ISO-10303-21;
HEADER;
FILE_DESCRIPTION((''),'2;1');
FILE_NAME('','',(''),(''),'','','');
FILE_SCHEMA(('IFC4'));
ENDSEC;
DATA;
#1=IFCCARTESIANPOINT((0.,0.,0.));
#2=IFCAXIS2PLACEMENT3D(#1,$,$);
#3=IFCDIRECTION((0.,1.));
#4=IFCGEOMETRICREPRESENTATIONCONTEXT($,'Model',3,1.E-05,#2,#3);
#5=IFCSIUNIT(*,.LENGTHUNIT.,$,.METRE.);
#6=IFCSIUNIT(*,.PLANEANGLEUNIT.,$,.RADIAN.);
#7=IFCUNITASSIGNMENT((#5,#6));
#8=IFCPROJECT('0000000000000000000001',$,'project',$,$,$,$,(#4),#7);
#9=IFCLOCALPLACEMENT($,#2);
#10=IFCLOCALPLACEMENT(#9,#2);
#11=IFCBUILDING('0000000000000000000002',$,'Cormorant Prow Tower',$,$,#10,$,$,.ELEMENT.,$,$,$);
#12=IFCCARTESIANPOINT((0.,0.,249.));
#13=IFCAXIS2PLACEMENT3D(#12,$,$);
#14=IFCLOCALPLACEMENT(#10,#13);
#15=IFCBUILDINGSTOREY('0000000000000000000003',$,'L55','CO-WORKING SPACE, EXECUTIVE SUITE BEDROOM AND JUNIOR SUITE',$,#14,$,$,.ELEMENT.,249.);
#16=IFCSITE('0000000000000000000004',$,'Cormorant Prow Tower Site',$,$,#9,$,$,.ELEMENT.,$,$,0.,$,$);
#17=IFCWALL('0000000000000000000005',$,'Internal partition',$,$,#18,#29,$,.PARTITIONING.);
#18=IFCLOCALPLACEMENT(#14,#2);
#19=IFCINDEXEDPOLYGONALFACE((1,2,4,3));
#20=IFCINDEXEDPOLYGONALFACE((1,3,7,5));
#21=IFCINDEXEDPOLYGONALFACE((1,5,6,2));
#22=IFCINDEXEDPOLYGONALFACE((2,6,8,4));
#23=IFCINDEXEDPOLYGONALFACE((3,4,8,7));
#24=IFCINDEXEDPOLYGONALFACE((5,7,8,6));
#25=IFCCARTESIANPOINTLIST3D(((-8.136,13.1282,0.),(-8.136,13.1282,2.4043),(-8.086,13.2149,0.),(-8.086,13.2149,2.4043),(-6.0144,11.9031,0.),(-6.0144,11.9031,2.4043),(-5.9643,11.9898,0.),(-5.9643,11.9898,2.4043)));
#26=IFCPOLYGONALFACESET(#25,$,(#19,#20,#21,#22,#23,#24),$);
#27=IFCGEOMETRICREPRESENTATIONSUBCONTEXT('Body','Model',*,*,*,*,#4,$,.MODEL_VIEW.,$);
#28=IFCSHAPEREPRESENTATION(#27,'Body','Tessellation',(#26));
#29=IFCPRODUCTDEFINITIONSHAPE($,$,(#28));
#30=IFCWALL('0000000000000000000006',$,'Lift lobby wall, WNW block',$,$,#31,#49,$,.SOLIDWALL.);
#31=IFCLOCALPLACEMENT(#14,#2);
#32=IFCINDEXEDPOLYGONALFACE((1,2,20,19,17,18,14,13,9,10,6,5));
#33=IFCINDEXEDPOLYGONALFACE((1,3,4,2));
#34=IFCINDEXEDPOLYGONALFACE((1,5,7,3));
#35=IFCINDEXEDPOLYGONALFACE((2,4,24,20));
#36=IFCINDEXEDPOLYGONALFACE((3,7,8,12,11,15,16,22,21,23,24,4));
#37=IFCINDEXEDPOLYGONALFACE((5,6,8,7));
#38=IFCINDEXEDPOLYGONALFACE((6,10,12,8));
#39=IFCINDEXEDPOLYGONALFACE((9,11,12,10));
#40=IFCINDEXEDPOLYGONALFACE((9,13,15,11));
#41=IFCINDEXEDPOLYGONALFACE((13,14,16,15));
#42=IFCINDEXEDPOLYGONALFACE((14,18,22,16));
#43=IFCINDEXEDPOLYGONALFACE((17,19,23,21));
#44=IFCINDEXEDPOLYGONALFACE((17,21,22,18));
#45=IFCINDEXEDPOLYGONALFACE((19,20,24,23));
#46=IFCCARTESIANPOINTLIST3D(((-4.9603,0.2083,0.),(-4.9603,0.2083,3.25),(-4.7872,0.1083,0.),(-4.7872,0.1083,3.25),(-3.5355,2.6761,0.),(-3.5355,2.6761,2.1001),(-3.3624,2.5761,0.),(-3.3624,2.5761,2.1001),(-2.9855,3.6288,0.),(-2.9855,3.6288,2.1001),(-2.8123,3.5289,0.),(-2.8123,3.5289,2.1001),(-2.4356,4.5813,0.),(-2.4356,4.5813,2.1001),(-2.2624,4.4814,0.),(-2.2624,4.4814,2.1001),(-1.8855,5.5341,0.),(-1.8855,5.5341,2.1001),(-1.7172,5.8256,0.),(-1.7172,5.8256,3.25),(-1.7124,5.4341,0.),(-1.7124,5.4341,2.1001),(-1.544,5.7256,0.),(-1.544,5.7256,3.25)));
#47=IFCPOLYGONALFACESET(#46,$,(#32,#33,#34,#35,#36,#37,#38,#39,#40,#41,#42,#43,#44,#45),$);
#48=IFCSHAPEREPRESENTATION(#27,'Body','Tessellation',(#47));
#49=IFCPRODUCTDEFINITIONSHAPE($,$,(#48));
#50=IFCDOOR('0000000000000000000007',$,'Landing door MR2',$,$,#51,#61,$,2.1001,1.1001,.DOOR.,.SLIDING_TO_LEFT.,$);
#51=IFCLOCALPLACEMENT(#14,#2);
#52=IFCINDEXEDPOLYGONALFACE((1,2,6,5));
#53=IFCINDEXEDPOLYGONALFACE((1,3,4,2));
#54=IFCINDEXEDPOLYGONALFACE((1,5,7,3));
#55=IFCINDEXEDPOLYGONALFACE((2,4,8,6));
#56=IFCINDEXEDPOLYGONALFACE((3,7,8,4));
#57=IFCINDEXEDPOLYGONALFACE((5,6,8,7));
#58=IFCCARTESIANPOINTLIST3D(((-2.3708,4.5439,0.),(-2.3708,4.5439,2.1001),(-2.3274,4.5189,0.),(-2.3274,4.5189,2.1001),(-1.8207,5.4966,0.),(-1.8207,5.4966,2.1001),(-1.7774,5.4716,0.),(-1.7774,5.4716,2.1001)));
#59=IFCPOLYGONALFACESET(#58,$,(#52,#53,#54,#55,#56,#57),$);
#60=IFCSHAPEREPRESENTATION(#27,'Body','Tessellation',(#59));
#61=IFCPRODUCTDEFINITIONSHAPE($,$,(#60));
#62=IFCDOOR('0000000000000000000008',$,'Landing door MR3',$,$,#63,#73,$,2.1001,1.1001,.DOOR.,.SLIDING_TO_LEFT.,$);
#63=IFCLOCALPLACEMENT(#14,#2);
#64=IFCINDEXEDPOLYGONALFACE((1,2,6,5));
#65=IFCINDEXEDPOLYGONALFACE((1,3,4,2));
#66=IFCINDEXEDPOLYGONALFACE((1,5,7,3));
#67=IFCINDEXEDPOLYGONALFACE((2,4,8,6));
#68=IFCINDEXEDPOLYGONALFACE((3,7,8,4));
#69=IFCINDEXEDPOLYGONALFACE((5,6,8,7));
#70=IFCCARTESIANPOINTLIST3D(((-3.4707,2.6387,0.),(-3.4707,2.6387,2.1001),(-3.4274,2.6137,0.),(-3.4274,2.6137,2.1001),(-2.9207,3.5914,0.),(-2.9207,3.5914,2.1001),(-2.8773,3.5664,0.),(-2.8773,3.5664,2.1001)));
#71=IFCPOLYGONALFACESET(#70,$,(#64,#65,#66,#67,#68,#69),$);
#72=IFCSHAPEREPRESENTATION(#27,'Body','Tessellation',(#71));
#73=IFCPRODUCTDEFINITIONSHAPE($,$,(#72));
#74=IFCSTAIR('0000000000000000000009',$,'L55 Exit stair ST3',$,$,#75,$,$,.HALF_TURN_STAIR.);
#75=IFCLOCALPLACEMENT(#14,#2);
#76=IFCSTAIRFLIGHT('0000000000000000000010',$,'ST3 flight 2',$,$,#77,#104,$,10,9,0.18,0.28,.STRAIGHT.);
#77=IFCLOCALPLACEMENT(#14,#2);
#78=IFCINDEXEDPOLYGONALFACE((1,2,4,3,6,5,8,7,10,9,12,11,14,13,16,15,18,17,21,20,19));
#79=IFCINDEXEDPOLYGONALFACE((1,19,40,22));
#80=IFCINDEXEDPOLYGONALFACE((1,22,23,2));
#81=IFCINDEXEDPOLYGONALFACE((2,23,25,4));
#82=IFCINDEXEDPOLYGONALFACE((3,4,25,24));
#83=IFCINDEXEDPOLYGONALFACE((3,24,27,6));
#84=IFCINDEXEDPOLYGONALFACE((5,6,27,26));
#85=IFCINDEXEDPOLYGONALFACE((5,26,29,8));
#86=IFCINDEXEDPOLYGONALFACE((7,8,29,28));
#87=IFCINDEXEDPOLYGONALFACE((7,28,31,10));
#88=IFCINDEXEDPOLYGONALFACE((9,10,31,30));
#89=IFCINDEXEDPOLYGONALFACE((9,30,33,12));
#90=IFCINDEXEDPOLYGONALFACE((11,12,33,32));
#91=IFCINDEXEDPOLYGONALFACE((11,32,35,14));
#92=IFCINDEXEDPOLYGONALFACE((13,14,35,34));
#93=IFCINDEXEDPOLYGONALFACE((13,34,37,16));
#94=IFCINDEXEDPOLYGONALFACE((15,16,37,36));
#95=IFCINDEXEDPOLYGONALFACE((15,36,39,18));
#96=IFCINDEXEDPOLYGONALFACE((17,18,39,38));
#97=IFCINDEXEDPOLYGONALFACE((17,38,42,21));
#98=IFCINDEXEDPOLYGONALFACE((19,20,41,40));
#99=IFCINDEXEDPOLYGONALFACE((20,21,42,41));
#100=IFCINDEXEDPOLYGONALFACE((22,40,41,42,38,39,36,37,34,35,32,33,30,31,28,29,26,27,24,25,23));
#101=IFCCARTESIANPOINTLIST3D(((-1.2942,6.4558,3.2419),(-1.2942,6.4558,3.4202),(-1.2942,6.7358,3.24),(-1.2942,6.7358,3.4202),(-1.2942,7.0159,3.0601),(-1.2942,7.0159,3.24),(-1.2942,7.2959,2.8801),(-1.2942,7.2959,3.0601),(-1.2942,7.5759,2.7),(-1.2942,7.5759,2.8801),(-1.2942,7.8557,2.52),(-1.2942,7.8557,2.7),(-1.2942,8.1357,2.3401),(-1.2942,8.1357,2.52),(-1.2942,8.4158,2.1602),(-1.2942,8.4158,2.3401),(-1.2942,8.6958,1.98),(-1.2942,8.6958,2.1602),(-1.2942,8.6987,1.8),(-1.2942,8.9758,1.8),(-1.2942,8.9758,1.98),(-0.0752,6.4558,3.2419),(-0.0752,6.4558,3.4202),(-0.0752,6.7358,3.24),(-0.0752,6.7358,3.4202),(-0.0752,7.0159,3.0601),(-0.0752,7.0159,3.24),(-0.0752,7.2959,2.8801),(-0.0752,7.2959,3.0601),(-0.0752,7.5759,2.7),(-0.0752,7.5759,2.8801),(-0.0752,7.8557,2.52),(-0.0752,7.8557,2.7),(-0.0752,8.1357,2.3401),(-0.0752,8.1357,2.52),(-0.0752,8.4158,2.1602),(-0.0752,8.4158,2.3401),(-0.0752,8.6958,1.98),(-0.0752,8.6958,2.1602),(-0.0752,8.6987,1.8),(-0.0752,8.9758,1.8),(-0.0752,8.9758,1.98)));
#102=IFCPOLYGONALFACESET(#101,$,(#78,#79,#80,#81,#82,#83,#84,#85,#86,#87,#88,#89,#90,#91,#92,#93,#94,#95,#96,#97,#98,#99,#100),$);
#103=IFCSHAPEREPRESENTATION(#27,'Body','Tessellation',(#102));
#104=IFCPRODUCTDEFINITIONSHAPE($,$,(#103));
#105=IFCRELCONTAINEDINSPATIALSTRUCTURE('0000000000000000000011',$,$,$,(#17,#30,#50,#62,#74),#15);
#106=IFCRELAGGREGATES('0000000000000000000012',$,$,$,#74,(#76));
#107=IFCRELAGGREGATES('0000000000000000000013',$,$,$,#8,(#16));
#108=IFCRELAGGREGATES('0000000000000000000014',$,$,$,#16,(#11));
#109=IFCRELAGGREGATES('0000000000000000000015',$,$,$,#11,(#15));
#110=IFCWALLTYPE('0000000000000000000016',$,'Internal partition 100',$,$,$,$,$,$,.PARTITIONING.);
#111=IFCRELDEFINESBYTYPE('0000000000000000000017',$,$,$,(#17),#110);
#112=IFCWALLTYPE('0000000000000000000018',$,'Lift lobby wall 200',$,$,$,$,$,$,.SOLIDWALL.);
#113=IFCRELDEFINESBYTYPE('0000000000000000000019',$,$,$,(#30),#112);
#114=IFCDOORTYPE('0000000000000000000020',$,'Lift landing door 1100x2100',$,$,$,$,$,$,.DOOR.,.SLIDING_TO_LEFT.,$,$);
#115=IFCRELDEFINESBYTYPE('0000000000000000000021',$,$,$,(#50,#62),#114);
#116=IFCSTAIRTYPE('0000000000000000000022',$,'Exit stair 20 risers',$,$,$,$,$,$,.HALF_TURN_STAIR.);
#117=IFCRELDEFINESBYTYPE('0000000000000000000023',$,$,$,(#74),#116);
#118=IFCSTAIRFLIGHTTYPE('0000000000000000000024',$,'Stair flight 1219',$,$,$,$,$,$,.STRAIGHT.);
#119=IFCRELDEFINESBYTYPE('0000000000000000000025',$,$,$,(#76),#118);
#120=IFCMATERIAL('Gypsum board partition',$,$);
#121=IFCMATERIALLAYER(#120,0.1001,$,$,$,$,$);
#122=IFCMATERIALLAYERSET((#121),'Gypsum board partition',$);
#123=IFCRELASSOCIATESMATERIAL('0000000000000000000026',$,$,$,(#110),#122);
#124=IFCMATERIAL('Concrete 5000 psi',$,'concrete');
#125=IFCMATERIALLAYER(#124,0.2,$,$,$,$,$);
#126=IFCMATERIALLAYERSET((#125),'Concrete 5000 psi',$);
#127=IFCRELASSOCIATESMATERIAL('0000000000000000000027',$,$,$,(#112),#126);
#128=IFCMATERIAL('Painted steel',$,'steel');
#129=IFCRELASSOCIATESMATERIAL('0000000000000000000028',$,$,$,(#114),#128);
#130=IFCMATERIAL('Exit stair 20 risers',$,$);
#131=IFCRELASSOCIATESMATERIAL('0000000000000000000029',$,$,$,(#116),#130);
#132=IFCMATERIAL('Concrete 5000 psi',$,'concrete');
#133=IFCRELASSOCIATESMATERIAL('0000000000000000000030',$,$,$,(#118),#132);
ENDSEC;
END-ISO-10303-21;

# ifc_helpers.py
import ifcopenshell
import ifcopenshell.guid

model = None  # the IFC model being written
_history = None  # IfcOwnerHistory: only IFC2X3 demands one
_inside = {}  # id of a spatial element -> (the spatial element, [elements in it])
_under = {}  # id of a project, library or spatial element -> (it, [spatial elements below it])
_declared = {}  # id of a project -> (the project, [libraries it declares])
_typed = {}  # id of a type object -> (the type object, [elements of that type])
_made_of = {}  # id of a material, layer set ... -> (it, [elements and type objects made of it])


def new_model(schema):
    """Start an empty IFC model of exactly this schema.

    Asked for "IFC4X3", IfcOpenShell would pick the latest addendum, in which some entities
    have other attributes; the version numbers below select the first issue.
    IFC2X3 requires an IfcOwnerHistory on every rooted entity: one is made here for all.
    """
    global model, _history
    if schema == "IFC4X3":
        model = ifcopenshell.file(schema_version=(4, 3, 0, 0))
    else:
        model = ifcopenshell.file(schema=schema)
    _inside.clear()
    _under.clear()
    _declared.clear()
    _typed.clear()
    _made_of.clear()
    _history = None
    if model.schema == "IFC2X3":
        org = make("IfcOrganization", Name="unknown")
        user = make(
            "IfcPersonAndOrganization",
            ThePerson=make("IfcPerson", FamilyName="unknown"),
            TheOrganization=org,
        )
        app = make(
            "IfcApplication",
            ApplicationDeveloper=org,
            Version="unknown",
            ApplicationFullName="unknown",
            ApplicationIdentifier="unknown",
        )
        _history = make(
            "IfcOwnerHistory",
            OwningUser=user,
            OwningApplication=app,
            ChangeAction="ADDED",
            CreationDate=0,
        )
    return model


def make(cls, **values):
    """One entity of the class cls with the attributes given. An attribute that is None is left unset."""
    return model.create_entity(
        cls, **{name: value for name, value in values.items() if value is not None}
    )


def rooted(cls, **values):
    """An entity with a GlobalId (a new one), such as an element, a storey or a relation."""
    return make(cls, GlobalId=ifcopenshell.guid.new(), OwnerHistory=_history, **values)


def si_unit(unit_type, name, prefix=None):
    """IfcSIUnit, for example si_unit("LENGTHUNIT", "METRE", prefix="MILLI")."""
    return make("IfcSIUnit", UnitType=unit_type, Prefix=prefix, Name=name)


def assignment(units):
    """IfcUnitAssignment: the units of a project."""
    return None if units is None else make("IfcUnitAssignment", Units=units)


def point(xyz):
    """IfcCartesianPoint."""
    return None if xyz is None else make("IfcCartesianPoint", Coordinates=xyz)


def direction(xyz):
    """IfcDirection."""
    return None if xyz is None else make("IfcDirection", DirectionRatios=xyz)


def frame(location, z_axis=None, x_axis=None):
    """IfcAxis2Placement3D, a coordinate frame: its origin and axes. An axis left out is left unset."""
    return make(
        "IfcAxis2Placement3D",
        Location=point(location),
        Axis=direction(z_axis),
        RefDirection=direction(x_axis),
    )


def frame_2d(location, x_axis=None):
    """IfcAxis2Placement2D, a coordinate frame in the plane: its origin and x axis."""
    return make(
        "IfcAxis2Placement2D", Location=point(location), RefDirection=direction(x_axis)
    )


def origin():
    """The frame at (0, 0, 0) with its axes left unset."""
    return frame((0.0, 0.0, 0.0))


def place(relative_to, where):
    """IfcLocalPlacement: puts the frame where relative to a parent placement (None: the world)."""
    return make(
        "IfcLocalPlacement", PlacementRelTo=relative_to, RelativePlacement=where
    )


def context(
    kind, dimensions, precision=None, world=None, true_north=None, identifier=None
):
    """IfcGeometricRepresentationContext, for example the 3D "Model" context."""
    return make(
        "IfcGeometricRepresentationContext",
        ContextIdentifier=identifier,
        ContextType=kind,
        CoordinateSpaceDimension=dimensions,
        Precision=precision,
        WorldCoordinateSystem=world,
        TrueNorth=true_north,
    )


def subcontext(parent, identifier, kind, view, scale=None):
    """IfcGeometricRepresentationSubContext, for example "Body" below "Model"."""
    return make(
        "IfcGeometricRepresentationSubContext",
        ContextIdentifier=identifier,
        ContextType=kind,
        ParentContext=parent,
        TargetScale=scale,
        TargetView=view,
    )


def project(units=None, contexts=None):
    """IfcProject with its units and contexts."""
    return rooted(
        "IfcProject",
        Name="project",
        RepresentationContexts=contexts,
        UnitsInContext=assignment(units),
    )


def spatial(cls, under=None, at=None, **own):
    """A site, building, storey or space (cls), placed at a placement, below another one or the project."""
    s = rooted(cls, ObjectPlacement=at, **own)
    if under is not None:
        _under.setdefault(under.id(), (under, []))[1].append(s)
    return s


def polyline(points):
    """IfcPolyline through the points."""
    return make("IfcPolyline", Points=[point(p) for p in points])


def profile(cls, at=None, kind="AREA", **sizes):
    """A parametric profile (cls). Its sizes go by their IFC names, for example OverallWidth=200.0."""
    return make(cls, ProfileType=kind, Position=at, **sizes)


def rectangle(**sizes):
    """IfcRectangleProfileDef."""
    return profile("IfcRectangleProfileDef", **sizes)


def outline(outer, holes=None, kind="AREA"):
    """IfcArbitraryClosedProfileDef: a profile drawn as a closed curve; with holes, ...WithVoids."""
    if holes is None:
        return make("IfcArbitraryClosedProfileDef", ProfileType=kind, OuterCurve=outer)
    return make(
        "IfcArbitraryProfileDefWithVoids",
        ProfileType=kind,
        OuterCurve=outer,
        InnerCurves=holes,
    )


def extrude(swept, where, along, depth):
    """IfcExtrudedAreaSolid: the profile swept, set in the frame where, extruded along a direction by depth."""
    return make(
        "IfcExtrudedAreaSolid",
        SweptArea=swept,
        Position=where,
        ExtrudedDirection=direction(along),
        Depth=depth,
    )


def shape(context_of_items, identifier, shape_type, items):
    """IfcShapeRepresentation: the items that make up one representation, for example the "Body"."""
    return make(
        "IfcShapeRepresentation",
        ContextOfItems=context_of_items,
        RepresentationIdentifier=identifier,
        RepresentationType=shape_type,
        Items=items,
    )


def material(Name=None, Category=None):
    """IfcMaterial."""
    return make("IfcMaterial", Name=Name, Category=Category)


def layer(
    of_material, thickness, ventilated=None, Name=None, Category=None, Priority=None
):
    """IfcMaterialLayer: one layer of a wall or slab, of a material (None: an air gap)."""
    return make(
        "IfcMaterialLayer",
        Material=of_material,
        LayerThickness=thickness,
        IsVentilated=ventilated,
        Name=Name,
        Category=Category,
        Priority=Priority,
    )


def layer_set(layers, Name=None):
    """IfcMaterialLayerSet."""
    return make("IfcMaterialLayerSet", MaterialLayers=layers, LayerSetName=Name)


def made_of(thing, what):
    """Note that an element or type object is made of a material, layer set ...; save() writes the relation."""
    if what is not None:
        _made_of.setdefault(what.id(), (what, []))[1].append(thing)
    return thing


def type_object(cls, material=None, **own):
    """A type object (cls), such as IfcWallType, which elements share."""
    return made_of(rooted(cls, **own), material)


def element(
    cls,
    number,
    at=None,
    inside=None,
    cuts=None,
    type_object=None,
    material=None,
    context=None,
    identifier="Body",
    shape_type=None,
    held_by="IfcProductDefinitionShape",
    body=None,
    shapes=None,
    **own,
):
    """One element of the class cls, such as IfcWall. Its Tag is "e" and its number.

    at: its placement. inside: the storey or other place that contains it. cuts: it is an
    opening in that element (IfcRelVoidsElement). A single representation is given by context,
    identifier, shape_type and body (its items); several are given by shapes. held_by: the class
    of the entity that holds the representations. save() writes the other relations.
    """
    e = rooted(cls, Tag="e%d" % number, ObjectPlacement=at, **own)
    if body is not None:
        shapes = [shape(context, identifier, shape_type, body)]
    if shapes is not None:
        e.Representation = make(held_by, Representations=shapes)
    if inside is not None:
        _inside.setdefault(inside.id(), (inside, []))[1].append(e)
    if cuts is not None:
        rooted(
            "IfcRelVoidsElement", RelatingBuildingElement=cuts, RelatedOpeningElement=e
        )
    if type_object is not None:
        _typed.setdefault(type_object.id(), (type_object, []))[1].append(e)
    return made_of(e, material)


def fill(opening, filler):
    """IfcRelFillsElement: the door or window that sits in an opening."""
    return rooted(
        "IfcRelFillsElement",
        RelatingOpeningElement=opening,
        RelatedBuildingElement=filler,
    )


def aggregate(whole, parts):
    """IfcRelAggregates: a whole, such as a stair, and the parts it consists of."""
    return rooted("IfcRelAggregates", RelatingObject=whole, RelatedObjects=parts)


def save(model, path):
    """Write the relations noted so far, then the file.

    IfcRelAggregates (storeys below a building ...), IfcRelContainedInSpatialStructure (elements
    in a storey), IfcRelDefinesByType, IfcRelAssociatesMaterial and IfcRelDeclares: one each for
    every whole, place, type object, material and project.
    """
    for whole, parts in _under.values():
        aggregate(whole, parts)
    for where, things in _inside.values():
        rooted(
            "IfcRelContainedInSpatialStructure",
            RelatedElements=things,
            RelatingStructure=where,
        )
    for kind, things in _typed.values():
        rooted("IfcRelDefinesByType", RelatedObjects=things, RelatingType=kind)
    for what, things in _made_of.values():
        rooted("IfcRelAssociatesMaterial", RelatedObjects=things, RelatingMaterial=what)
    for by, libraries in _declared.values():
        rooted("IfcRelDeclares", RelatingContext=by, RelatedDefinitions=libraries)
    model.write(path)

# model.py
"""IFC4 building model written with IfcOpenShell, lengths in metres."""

from ifc_helpers import new_model, si_unit, direction, frame, frame_2d, origin, place, context, subcontext, project, spatial, polyline, rectangle, outline, extrude, material, layer, layer_set, type_object, element, fill, aggregate, save


model = new_model("IFC4")

# Units and contexts
model_context = context("Model", 3, precision=1e-05, world=origin(), true_north=direction((0.0, 1.0)))
body_context = subcontext(model_context, "Body", "Model", "MODEL_VIEW")
ifc_project = project(units=[si_unit("LENGTHUNIT", "METRE"), si_unit("PLANEANGLEUNIT", "RADIAN")], contexts=[model_context])

# Site, building, storey
site_placement = place(None, origin())
site = spatial("IfcSite", under=ifc_project, at=site_placement, Name="Cormorant Prow Tower Site", CompositionType="ELEMENT", RefElevation=0.0)
building_placement = place(site_placement, origin())
building = spatial("IfcBuilding", under=site, at=building_placement, Name="Cormorant Prow Tower", CompositionType="ELEMENT")
storey_placement = place(building_placement, frame((0.0, 0.0, 249.0)))
storey = spatial("IfcBuildingStorey", under=building, at=storey_placement, Name="L55", Description="CO-WORKING SPACE, EXECUTIVE SUITE BEDROOM AND JUNIOR SUITE", CompositionType="ELEMENT", Elevation=249.0)

# Shared definitions
ifc_material_1 = material(Name="Gypsum board partition")
ifc_layer_1 = layer(ifc_material_1, 0.1001)
ifc_layer_set_1 = layer_set([ifc_layer_1], Name="Gypsum board partition")
wall_type_1 = type_object("IfcWallType", Name="Internal partition 100", PredefinedType="PARTITIONING", material=ifc_layer_set_1)

# Wall
wall_1_placement = place(storey_placement, frame((-8.1111, 13.1716, 0.0), z_axis=(0.0, 0.0, 1.0), x_axis=(0.86599, -0.500062, 0.0)))
element("IfcWall", 1, at=wall_1_placement, inside=storey, type_object=wall_type_1, Name="Internal partition", PredefinedType="PARTITIONING", context=body_context, shape_type="SweptSolid", body=[
    extrude(rectangle(XDim=2.45, YDim=0.1001, at=frame_2d((1.2251, 0.0))), origin(), (0.0, 0.0, 1.0), 2.4043),
])

# Wall, openings, doors
ifc_material_2 = material(Name="Concrete 5000 psi", Category="concrete")
ifc_layer_2 = layer(ifc_material_2, 0.2)
ifc_layer_set_2 = layer_set([ifc_layer_2], Name="Concrete 5000 psi")
wall_type_2 = type_object("IfcWallType", Name="Lift lobby wall 200", PredefinedType="SOLIDWALL", material=ifc_layer_set_2)
wall_2_placement = place(storey_placement, frame((-1.6306, 5.7756, 0.0), z_axis=(0.0, 0.0, 1.0), x_axis=(-0.499993, -0.86603, 0.0)))
wall_2 = element("IfcWall", 2, at=wall_2_placement, inside=storey, type_object=wall_type_2, Name="Lift lobby wall, WNW block", PredefinedType="SOLIDWALL", context=body_context, shape_type="SweptSolid", body=[
    extrude(rectangle(XDim=6.4863, YDim=0.2, at=frame_2d((3.2432, 0.0))), origin(), (0.0, 0.0, 1.0), 3.25),
])
opening_1_placement = place(wall_2_placement, frame((0.3367, 0.0, 0.0)))
opening_1 = element("IfcOpeningElement", 3, at=opening_1_placement, cuts=wall_2, PredefinedType="OPENING", context=body_context, shape_type="SweptSolid", body=[
    extrude(rectangle(XDim=1.1001, YDim=2.1001, at=frame_2d((0.55, 1.05))), frame((0.0, 0.1099, 0.0), z_axis=(0.0, -1.0, 0.0), x_axis=(1.0, 0.0, 0.0)), (0.0, 0.0, 1.0), 0.22),
])
opening_2_placement = place(wall_2_placement, frame((2.5366, 0.0, 0.0)))
opening_2 = element("IfcOpeningElement", 4, at=opening_2_placement, cuts=wall_2, PredefinedType="OPENING", context=body_context, shape_type="SweptSolid", body=[
    extrude(rectangle(XDim=1.1001, YDim=2.1001, at=frame_2d((0.55, 1.05))), frame((0.0, 0.1099, 0.0), z_axis=(0.0, -1.0, 0.0), x_axis=(1.0, 0.0, 0.0)), (0.0, 0.0, 1.0), 0.22),
])
ifc_material_3 = material(Name="Painted steel", Category="steel")
door_type_1 = type_object("IfcDoorType", Name="Lift landing door 1100x2100", OperationType="SLIDING_TO_LEFT", PredefinedType="DOOR", material=ifc_material_3)
door_1_placement = place(opening_1_placement, origin())
door_1 = element("IfcDoor", 5, at=door_1_placement, inside=storey, type_object=door_type_1, Name="Landing door MR2", OperationType="SLIDING_TO_LEFT", OverallHeight=2.1001, OverallWidth=1.1001, PredefinedType="DOOR", context=body_context, shape_type="SweptSolid", body=[
    extrude(rectangle(XDim=1.1001, YDim=2.1001, at=frame_2d((0.55, 1.05))), frame((0.0, 0.0249, 0.0), z_axis=(0.0, -1.0, 0.0), x_axis=(1.0, 0.0, 0.0)), (0.0, 0.0, 1.0), 0.05),
])
fill(opening_1, door_1)
door_2_placement = place(opening_2_placement, origin())
door_2 = element("IfcDoor", 6, at=door_2_placement, inside=storey, type_object=door_type_1, Name="Landing door MR3", OperationType="SLIDING_TO_LEFT", OverallHeight=2.1001, OverallWidth=1.1001, PredefinedType="DOOR", context=body_context, shape_type="SweptSolid", body=[
    extrude(rectangle(XDim=1.1001, YDim=2.1001, at=frame_2d((0.55, 1.05))), frame((0.0, 0.0249, 0.0), z_axis=(0.0, -1.0, 0.0), x_axis=(1.0, 0.0, 0.0)), (0.0, 0.0, 1.0), 0.05),
])
fill(opening_2, door_2)

# Stair, stair flight
ifc_material_4 = material(Name="Exit stair 20 risers")
stair_type = type_object("IfcStairType", Name="Exit stair 20 risers", PredefinedType="HALF_TURN_STAIR", material=ifc_material_4)
stair_placement = place(storey_placement, origin())
stair = element("IfcStair", 7, at=stair_placement, inside=storey, type_object=stair_type, Name="L55 Exit stair ST3", PredefinedType="HALF_TURN_STAIR")
ifc_material_5 = material(Name="Concrete 5000 psi", Category="concrete")
stair_flight_type = type_object("IfcStairFlightType", Name="Stair flight 1219", PredefinedType="STRAIGHT", material=ifc_material_5)
stair_flight_placement = place(storey_placement, frame((-0.6846, 8.9758, 1.8), z_axis=(0.0, 0.0, 1.0), x_axis=(0.0, -1.0, 0.0)))
stair_flight = element("IfcStairFlight", 8, at=stair_flight_placement, type_object=stair_flight_type, Name="ST3 flight 2", NumberOfRisers=10, NumberOfTreads=9, PredefinedType="STRAIGHT", RiserHeight=0.18, TreadLength=0.28, context=body_context, shape_type="SweptSolid", body=[
    extrude(outline(polyline([(0.0, 0.0), (0.0, 0.1799), (0.28, 0.1799), (0.28, 0.3601), (0.5601, 0.3601), (0.5601, 0.54), (0.8401, 0.54), (0.8401, 0.72), (1.1201, 0.72), (1.1201, 0.8999), (1.3999, 0.8999), (1.3999, 1.0801), (1.6799, 1.0801), (1.6799, 1.26), (1.96, 1.26), (1.96, 1.4399), (2.24, 1.4399), (2.24, 1.6201), (2.52, 1.6201), (2.52, 1.8), (2.52, 1.4419), (0.2771, 0.0), (0.0, 0.0)])), frame((0.0, 0.6094, 0.0), z_axis=(0.0, -1.0, 0.0), x_axis=(1.0, 0.0, 0.0)), (0.0, 0.0, 1.0), 1.219),
])
aggregate(stair, [stair_flight])

save(model, "model.ifc")
